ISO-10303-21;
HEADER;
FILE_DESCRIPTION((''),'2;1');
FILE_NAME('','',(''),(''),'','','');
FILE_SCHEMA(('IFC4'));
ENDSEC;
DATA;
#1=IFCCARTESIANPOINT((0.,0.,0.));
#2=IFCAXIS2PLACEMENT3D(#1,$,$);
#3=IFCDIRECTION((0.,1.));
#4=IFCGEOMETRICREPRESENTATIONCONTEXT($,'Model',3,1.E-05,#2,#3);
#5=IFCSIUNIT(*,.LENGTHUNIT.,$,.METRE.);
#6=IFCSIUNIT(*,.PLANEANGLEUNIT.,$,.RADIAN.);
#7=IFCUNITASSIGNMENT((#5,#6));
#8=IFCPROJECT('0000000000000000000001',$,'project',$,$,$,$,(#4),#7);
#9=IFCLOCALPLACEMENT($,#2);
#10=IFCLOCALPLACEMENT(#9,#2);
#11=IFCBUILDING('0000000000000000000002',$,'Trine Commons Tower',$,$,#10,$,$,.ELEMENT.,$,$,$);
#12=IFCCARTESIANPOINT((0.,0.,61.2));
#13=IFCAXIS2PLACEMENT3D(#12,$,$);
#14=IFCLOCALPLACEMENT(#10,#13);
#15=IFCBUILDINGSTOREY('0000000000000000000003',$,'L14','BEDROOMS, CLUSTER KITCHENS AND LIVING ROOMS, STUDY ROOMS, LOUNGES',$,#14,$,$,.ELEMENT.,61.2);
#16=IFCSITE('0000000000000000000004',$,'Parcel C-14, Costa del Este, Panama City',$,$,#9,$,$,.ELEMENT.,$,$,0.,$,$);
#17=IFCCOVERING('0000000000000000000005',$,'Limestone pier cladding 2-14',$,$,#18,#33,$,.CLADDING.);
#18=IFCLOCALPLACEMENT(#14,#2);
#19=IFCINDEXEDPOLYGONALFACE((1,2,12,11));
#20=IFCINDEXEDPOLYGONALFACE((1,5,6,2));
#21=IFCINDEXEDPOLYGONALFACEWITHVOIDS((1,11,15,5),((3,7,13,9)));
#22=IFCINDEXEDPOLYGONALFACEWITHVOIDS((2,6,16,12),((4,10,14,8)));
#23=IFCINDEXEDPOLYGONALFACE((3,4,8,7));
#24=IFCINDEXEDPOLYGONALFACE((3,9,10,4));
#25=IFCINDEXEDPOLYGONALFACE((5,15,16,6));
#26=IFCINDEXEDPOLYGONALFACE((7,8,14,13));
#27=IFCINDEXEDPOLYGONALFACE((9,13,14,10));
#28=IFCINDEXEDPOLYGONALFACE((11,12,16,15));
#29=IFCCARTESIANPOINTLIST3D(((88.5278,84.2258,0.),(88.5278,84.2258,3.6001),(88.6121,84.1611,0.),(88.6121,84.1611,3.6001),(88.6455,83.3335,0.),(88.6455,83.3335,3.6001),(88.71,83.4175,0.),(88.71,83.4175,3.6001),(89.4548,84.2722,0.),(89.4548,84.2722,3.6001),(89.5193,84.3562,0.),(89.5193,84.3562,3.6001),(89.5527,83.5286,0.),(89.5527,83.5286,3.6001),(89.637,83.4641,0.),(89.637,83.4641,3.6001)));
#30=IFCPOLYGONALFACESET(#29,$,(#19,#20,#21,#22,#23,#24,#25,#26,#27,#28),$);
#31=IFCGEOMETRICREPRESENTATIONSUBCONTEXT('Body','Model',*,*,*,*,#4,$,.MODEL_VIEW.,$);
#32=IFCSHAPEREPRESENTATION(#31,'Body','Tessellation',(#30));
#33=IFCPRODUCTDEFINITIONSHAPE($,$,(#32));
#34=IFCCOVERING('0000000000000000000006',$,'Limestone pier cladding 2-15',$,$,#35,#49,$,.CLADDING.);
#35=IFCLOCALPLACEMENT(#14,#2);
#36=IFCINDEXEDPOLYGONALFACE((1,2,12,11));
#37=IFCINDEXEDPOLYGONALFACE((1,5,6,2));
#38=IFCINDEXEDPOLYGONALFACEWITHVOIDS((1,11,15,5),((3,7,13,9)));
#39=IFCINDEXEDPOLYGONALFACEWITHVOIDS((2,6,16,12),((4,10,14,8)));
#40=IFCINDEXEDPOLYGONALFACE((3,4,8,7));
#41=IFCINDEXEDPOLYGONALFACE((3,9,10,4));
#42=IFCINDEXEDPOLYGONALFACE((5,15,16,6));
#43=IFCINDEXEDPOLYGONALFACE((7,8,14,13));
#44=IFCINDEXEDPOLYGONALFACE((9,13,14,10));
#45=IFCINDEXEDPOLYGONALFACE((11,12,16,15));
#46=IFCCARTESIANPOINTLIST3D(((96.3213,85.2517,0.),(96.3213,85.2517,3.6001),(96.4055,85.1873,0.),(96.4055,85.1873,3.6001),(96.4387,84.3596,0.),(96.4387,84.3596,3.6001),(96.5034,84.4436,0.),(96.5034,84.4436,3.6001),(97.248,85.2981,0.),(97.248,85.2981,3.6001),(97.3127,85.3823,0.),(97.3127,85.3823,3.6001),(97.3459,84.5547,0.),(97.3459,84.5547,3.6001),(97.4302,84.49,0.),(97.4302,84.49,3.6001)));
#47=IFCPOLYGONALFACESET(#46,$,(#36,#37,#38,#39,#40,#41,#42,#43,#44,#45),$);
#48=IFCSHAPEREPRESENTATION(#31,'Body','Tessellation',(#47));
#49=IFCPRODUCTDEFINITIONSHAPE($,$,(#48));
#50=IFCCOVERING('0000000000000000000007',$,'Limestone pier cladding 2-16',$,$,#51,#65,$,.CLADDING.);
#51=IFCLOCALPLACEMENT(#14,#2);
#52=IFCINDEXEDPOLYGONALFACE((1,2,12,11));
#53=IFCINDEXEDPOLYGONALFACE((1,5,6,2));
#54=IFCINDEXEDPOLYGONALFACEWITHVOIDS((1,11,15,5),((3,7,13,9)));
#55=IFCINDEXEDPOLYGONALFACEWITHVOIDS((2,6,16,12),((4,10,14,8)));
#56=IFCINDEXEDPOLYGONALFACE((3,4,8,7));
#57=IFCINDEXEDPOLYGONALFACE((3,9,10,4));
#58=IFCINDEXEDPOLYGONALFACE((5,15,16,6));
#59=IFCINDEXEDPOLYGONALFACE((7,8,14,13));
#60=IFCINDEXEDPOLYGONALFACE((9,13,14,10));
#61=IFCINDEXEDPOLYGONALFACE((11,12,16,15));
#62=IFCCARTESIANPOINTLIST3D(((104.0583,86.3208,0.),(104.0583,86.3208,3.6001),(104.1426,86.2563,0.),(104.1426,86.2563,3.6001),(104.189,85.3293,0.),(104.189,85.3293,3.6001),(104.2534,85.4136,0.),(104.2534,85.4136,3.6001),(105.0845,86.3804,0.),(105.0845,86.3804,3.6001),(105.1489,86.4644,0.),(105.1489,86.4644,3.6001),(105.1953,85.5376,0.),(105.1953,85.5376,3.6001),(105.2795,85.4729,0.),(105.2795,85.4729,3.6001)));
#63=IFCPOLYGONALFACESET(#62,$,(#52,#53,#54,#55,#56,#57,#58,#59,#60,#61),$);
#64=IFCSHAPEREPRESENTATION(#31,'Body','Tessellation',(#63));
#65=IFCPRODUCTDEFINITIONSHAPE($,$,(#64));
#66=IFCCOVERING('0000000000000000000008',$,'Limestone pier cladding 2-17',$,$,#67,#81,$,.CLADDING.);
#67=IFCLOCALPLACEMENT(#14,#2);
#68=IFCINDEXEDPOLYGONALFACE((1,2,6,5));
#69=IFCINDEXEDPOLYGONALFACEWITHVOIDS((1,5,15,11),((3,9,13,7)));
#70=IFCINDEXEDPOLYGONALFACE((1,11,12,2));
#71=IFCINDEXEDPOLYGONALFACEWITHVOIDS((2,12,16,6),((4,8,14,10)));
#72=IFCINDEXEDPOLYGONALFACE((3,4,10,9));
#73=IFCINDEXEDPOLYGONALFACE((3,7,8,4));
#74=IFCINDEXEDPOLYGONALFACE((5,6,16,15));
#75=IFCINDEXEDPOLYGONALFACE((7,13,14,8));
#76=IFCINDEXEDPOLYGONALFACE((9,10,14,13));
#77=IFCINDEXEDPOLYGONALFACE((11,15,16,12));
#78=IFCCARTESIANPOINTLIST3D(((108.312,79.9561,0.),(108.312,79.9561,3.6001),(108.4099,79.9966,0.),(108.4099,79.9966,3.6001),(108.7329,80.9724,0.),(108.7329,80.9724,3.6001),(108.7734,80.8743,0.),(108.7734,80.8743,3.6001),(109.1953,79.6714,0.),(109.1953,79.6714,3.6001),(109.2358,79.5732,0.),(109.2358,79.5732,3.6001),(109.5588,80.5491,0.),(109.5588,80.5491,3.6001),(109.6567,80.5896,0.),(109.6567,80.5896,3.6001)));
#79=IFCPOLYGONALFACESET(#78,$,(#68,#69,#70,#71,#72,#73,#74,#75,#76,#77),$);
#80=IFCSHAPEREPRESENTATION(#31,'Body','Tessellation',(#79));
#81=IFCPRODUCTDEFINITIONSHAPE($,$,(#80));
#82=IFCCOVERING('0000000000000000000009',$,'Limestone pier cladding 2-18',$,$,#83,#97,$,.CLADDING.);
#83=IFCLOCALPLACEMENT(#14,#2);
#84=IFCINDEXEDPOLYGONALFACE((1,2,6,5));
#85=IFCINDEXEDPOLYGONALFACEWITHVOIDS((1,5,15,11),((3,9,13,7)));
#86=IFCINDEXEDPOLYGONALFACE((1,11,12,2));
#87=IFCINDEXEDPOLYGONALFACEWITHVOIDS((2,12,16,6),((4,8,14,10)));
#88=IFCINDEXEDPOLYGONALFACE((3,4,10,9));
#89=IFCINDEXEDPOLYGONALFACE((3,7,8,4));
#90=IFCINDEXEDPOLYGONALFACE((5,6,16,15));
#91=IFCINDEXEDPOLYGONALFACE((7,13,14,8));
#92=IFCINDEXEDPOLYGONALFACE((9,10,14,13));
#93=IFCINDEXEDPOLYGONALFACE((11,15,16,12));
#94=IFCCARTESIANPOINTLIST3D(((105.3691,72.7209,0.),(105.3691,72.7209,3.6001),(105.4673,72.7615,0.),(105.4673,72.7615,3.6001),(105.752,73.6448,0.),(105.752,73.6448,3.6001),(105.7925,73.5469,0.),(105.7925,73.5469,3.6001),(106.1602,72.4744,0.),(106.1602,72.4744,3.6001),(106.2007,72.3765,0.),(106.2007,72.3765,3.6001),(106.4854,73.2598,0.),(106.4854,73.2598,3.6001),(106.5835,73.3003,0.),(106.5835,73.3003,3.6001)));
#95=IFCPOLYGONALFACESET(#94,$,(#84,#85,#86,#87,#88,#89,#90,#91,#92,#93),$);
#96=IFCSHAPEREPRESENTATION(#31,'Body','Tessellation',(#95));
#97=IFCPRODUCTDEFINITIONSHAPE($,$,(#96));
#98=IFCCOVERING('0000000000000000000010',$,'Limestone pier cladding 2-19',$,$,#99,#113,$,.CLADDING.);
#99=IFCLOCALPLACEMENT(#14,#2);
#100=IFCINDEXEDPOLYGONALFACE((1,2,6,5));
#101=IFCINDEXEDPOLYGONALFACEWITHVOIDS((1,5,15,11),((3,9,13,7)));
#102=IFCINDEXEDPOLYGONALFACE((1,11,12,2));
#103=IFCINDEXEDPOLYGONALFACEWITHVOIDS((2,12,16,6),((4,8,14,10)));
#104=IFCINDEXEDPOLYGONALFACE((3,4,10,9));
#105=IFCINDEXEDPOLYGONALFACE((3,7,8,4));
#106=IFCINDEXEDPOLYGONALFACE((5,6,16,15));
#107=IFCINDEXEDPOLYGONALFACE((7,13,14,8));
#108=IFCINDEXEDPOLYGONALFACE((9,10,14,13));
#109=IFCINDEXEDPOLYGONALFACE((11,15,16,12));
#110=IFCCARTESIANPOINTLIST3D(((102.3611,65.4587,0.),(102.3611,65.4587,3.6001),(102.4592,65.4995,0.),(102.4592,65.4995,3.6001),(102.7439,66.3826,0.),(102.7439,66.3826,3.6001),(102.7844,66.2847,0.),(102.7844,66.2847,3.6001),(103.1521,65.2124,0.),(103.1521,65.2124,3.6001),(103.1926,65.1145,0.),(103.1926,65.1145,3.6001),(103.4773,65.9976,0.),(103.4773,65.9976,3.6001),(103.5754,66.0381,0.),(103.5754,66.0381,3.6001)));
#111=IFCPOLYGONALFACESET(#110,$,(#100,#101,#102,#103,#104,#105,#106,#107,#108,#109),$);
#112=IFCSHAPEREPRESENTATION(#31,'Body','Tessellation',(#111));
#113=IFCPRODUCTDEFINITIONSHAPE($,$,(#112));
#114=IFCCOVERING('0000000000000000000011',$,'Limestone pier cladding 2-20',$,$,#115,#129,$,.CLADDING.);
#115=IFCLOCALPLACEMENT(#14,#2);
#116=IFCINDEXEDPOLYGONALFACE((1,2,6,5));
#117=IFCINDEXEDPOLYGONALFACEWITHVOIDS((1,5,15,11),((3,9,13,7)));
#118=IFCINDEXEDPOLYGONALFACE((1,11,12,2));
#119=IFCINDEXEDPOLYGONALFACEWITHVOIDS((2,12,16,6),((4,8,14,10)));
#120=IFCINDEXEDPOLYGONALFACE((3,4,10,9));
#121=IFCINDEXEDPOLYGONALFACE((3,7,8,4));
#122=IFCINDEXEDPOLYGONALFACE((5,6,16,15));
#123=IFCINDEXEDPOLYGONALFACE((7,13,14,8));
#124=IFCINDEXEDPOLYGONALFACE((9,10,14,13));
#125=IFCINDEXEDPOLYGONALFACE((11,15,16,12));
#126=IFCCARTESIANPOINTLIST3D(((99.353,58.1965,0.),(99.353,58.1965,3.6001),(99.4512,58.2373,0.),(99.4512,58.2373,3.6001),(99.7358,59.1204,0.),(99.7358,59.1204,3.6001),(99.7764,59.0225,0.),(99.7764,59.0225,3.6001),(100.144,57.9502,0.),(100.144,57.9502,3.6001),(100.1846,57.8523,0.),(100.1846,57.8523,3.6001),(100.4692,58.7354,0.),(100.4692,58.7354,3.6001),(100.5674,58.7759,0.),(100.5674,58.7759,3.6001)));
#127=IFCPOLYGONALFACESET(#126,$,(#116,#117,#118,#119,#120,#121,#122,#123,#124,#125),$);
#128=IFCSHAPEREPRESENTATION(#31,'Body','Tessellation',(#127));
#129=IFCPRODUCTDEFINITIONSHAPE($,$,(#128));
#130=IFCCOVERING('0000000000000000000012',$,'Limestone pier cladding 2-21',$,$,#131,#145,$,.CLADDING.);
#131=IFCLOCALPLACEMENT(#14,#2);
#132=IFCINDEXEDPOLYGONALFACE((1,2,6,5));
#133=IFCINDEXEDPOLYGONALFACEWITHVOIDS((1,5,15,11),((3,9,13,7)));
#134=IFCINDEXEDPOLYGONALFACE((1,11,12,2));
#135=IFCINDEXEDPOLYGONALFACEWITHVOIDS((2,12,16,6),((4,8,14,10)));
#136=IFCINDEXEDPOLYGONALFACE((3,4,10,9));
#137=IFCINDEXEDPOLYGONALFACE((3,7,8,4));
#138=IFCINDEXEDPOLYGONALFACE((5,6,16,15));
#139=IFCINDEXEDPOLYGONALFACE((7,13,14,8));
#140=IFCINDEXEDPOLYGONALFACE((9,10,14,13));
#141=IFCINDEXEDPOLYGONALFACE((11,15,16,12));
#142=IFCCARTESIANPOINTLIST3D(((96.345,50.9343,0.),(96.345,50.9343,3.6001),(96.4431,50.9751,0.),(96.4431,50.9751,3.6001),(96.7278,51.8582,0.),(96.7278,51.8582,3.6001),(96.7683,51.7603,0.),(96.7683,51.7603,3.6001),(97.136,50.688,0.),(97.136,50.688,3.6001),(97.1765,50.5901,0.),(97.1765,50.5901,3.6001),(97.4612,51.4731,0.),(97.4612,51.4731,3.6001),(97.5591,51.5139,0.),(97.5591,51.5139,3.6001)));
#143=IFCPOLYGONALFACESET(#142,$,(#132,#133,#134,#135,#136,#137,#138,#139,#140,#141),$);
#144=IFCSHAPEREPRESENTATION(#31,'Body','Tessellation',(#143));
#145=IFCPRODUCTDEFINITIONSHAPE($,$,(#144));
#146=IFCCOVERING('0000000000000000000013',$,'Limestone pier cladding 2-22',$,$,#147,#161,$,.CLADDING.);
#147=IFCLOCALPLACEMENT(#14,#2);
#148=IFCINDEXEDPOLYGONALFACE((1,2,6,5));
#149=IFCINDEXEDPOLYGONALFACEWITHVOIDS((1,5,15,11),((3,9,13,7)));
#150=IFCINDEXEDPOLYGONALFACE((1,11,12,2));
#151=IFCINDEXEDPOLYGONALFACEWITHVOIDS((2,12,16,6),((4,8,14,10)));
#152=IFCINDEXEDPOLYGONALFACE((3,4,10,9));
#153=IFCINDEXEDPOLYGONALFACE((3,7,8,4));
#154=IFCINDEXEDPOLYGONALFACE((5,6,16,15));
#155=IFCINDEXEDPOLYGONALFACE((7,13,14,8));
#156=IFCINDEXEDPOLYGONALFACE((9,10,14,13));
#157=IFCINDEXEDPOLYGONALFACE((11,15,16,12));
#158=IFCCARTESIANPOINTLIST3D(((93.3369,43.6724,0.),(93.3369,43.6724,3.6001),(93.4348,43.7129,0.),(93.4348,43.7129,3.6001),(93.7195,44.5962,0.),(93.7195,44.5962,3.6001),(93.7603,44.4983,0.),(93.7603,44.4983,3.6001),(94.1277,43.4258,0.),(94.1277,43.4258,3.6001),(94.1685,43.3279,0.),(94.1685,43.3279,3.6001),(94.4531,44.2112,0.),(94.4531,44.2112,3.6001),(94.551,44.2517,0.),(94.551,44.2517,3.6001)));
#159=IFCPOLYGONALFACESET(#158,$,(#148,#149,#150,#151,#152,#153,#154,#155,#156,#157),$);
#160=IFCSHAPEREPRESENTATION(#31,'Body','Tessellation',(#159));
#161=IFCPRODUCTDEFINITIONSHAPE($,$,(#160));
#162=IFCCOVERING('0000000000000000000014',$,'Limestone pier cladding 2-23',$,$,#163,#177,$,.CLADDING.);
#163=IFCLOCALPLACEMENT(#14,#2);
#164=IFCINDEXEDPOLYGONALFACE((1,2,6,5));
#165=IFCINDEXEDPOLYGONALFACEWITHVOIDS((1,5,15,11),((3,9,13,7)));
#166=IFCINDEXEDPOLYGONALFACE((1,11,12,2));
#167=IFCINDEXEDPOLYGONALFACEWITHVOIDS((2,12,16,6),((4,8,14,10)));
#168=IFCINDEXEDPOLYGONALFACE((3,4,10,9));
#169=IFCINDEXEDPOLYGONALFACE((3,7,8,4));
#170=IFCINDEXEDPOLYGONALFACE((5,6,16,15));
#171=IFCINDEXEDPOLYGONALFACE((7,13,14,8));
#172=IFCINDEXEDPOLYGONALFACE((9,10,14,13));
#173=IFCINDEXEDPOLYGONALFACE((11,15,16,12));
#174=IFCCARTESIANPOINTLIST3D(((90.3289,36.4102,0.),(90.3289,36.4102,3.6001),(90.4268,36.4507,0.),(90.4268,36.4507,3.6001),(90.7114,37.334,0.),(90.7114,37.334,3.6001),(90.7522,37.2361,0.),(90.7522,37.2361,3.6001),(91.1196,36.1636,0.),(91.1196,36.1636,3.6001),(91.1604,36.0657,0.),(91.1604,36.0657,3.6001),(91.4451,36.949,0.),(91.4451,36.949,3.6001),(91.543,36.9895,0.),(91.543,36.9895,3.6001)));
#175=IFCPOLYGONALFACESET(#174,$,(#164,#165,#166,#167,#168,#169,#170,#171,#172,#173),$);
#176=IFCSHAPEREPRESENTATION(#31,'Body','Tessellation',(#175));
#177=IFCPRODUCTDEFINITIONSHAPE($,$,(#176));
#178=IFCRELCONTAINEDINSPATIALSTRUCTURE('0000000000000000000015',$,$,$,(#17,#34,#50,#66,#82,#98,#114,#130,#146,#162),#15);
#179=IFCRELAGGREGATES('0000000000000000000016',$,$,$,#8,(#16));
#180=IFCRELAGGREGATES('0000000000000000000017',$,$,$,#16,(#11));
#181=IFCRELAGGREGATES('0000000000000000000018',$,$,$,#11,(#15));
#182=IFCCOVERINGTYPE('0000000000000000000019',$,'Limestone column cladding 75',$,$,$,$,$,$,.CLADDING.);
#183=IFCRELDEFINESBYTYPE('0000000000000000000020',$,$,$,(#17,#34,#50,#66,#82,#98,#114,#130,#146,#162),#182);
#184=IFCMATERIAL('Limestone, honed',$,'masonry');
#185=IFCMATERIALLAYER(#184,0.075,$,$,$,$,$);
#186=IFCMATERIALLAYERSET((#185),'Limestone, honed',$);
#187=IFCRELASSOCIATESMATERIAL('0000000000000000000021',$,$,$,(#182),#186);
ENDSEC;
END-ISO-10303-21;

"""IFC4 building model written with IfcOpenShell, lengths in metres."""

from ifc_helpers import new_model, si_unit, direction, frame, origin, place, context, subcontext, project, spatial, polyline, outline, extrude, material, layer, layer_set, type_object, element, save


model = new_model("IFC4")

# Units and contexts
model_context = context("Model", 3, precision=1e-05, world=origin(), true_north=direction((0.0, 1.0)))
body_context = subcontext(model_context, "Body", "Model", "MODEL_VIEW")
ifc_project = project(units=[si_unit("LENGTHUNIT", "METRE"), si_unit("PLANEANGLEUNIT", "RADIAN")], contexts=[model_context])

# Site, building, storey
site_placement = place(None, origin())
site = spatial("IfcSite", under=ifc_project, at=site_placement, Name="Parcel C-14, Costa del Este, Panama City", CompositionType="ELEMENT", RefElevation=0.0)
building_placement = place(site_placement, origin())
building = spatial("IfcBuilding", under=site, at=building_placement, Name="Trine Commons Tower", CompositionType="ELEMENT")
storey_placement = place(building_placement, frame((0.0, 0.0, 61.2)))
storey = spatial("IfcBuildingStorey", under=building, at=storey_placement, Name="L14", Description="BEDROOMS, CLUSTER KITCHENS AND LIVING ROOMS, STUDY ROOMS, LOUNGES", CompositionType="ELEMENT", Elevation=61.2)

# Coverings
ifc_material_1 = material(Name="Limestone, honed", Category="masonry")
ifc_layer_1 = layer(ifc_material_1, 0.075)
ifc_layer_set_1 = layer_set([ifc_layer_1], Name="Limestone, honed")
covering_type_1 = type_object("IfcCoveringType", Name="Limestone column cladding 75", PredefinedType="CLADDING", material=ifc_layer_set_1)
covering_1_placement = place(storey_placement, origin())
element("IfcCovering", 1, at=covering_1_placement, inside=storey, type_object=covering_type_1, Name="Limestone pier cladding 2-14", PredefinedType="CLADDING", context=body_context, shape_type="SweptSolid", body=[
    extrude(outline(polyline([(89.637, 83.4641), (89.5193, 84.3562), (88.5278, 84.2258), (88.6455, 83.3335), (89.637, 83.4641)]), holes=[polyline([(89.5527, 83.5286), (89.4548, 84.2722), (88.6121, 84.1611), (88.71, 83.4175), (89.5527, 83.5286)])]), origin(), (0.0, 0.0, 1.0), 3.6001),
])
covering_2_placement = place(storey_placement, origin())
element("IfcCovering", 2, at=covering_2_placement, inside=storey, type_object=covering_type_1, Name="Limestone pier cladding 2-15", PredefinedType="CLADDING", context=body_context, shape_type="SweptSolid", body=[
    extrude(outline(polyline([(97.4302, 84.49), (97.3127, 85.3823), (96.3213, 85.2517), (96.4387, 84.3596), (97.4302, 84.49)]), holes=[polyline([(97.3459, 84.5547), (97.248, 85.2981), (96.4055, 85.1873), (96.5034, 84.4436), (97.3459, 84.5547)])]), origin(), (0.0, 0.0, 1.0), 3.6001),
])
covering_3_placement = place(storey_placement, origin())
element("IfcCovering", 3, at=covering_3_placement, inside=storey, type_object=covering_type_1, Name="Limestone pier cladding 2-16", PredefinedType="CLADDING", context=body_context, shape_type="SweptSolid", body=[
    extrude(outline(polyline([(105.2795, 85.4729), (105.1489, 86.4644), (104.0583, 86.3208), (104.189, 85.3293), (105.2795, 85.4729)]), holes=[polyline([(105.1953, 85.5376), (105.0845, 86.3804), (104.1426, 86.2563), (104.2534, 85.4136), (105.1953, 85.5376)])]), origin(), (0.0, 0.0, 1.0), 3.6001),
])
covering_4_placement = place(storey_placement, origin())
element("IfcCovering", 4, at=covering_4_placement, inside=storey, type_object=covering_type_1, Name="Limestone pier cladding 2-17", PredefinedType="CLADDING", context=body_context, shape_type="SweptSolid", body=[
    extrude(outline(polyline([(109.6567, 80.5896), (108.7329, 80.9724), (108.312, 79.9561), (109.2358, 79.5732), (109.6567, 80.5896)]), holes=[polyline([(109.5588, 80.5491), (108.7734, 80.8743), (108.4099, 79.9966), (109.1953, 79.6714), (109.5588, 80.5491)])]), origin(), (0.0, 0.0, 1.0), 3.6001),
])
covering_5_placement = place(storey_placement, origin())
element("IfcCovering", 5, at=covering_5_placement, inside=storey, type_object=covering_type_1, Name="Limestone pier cladding 2-18", PredefinedType="CLADDING", context=body_context, shape_type="SweptSolid", body=[
    extrude(outline(polyline([(106.5835, 73.3003), (105.752, 73.6448), (105.3691, 72.7209), (106.2007, 72.3765), (106.5835, 73.3003)]), holes=[polyline([(106.4854, 73.2598), (105.7925, 73.5469), (105.4673, 72.7615), (106.1602, 72.4744), (106.4854, 73.2598)])]), origin(), (0.0, 0.0, 1.0), 3.6001),
])
covering_6_placement = place(storey_placement, origin())
element("IfcCovering", 6, at=covering_6_placement, inside=storey, type_object=covering_type_1, Name="Limestone pier cladding 2-19", PredefinedType="CLADDING", context=body_context, shape_type="SweptSolid", body=[
    extrude(outline(polyline([(103.5754, 66.0381), (102.7439, 66.3826), (102.3611, 65.4587), (103.1926, 65.1145), (103.5754, 66.0381)]), holes=[polyline([(103.4773, 65.9976), (102.7844, 66.2847), (102.4592, 65.4995), (103.1521, 65.2124), (103.4773, 65.9976)])]), origin(), (0.0, 0.0, 1.0), 3.6001),
])
covering_7_placement = place(storey_placement, origin())
element("IfcCovering", 7, at=covering_7_placement, inside=storey, type_object=covering_type_1, Name="Limestone pier cladding 2-20", PredefinedType="CLADDING", context=body_context, shape_type="SweptSolid", body=[
    extrude(outline(polyline([(100.5674, 58.7759), (99.7358, 59.1204), (99.353, 58.1965), (100.1846, 57.8523), (100.5674, 58.7759)]), holes=[polyline([(100.4692, 58.7354), (99.7764, 59.0225), (99.4512, 58.2373), (100.144, 57.9502), (100.4692, 58.7354)])]), origin(), (0.0, 0.0, 1.0), 3.6001),
])
covering_8_placement = place(storey_placement, origin())
element("IfcCovering", 8, at=covering_8_placement, inside=storey, type_object=covering_type_1, Name="Limestone pier cladding 2-21", PredefinedType="CLADDING", context=body_context, shape_type="SweptSolid", body=[
    extrude(outline(polyline([(97.5591, 51.5139), (96.7278, 51.8582), (96.345, 50.9343), (97.1765, 50.5901), (97.5591, 51.5139)]), holes=[polyline([(97.4612, 51.4731), (96.7683, 51.7603), (96.4431, 50.9751), (97.136, 50.688), (97.4612, 51.4731)])]), origin(), (0.0, 0.0, 1.0), 3.6001),
])
covering_9_placement = place(storey_placement, origin())
element("IfcCovering", 9, at=covering_9_placement, inside=storey, type_object=covering_type_1, Name="Limestone pier cladding 2-22", PredefinedType="CLADDING", context=body_context, shape_type="SweptSolid", body=[
    extrude(outline(polyline([(94.551, 44.2517), (93.7195, 44.5962), (93.3369, 43.6724), (94.1685, 43.3279), (94.551, 44.2517)]), holes=[polyline([(94.4531, 44.2112), (93.7603, 44.4983), (93.4348, 43.7129), (94.1277, 43.4258), (94.4531, 44.2112)])]), origin(), (0.0, 0.0, 1.0), 3.6001),
])
covering_10_placement = place(storey_placement, origin())
element("IfcCovering", 10, at=covering_10_placement, inside=storey, type_object=covering_type_1, Name="Limestone pier cladding 2-23", PredefinedType="CLADDING", context=body_context, shape_type="SweptSolid", body=[
    extrude(outline(polyline([(91.543, 36.9895), (90.7114, 37.334), (90.3289, 36.4102), (91.1604, 36.0657), (91.543, 36.9895)]), holes=[polyline([(91.4451, 36.949), (90.7522, 37.2361), (90.4268, 36.4507), (91.1196, 36.1636), (91.4451, 36.949)])]), origin(), (0.0, 0.0, 1.0), 3.6001),
])

save(model, "model.ifc")
